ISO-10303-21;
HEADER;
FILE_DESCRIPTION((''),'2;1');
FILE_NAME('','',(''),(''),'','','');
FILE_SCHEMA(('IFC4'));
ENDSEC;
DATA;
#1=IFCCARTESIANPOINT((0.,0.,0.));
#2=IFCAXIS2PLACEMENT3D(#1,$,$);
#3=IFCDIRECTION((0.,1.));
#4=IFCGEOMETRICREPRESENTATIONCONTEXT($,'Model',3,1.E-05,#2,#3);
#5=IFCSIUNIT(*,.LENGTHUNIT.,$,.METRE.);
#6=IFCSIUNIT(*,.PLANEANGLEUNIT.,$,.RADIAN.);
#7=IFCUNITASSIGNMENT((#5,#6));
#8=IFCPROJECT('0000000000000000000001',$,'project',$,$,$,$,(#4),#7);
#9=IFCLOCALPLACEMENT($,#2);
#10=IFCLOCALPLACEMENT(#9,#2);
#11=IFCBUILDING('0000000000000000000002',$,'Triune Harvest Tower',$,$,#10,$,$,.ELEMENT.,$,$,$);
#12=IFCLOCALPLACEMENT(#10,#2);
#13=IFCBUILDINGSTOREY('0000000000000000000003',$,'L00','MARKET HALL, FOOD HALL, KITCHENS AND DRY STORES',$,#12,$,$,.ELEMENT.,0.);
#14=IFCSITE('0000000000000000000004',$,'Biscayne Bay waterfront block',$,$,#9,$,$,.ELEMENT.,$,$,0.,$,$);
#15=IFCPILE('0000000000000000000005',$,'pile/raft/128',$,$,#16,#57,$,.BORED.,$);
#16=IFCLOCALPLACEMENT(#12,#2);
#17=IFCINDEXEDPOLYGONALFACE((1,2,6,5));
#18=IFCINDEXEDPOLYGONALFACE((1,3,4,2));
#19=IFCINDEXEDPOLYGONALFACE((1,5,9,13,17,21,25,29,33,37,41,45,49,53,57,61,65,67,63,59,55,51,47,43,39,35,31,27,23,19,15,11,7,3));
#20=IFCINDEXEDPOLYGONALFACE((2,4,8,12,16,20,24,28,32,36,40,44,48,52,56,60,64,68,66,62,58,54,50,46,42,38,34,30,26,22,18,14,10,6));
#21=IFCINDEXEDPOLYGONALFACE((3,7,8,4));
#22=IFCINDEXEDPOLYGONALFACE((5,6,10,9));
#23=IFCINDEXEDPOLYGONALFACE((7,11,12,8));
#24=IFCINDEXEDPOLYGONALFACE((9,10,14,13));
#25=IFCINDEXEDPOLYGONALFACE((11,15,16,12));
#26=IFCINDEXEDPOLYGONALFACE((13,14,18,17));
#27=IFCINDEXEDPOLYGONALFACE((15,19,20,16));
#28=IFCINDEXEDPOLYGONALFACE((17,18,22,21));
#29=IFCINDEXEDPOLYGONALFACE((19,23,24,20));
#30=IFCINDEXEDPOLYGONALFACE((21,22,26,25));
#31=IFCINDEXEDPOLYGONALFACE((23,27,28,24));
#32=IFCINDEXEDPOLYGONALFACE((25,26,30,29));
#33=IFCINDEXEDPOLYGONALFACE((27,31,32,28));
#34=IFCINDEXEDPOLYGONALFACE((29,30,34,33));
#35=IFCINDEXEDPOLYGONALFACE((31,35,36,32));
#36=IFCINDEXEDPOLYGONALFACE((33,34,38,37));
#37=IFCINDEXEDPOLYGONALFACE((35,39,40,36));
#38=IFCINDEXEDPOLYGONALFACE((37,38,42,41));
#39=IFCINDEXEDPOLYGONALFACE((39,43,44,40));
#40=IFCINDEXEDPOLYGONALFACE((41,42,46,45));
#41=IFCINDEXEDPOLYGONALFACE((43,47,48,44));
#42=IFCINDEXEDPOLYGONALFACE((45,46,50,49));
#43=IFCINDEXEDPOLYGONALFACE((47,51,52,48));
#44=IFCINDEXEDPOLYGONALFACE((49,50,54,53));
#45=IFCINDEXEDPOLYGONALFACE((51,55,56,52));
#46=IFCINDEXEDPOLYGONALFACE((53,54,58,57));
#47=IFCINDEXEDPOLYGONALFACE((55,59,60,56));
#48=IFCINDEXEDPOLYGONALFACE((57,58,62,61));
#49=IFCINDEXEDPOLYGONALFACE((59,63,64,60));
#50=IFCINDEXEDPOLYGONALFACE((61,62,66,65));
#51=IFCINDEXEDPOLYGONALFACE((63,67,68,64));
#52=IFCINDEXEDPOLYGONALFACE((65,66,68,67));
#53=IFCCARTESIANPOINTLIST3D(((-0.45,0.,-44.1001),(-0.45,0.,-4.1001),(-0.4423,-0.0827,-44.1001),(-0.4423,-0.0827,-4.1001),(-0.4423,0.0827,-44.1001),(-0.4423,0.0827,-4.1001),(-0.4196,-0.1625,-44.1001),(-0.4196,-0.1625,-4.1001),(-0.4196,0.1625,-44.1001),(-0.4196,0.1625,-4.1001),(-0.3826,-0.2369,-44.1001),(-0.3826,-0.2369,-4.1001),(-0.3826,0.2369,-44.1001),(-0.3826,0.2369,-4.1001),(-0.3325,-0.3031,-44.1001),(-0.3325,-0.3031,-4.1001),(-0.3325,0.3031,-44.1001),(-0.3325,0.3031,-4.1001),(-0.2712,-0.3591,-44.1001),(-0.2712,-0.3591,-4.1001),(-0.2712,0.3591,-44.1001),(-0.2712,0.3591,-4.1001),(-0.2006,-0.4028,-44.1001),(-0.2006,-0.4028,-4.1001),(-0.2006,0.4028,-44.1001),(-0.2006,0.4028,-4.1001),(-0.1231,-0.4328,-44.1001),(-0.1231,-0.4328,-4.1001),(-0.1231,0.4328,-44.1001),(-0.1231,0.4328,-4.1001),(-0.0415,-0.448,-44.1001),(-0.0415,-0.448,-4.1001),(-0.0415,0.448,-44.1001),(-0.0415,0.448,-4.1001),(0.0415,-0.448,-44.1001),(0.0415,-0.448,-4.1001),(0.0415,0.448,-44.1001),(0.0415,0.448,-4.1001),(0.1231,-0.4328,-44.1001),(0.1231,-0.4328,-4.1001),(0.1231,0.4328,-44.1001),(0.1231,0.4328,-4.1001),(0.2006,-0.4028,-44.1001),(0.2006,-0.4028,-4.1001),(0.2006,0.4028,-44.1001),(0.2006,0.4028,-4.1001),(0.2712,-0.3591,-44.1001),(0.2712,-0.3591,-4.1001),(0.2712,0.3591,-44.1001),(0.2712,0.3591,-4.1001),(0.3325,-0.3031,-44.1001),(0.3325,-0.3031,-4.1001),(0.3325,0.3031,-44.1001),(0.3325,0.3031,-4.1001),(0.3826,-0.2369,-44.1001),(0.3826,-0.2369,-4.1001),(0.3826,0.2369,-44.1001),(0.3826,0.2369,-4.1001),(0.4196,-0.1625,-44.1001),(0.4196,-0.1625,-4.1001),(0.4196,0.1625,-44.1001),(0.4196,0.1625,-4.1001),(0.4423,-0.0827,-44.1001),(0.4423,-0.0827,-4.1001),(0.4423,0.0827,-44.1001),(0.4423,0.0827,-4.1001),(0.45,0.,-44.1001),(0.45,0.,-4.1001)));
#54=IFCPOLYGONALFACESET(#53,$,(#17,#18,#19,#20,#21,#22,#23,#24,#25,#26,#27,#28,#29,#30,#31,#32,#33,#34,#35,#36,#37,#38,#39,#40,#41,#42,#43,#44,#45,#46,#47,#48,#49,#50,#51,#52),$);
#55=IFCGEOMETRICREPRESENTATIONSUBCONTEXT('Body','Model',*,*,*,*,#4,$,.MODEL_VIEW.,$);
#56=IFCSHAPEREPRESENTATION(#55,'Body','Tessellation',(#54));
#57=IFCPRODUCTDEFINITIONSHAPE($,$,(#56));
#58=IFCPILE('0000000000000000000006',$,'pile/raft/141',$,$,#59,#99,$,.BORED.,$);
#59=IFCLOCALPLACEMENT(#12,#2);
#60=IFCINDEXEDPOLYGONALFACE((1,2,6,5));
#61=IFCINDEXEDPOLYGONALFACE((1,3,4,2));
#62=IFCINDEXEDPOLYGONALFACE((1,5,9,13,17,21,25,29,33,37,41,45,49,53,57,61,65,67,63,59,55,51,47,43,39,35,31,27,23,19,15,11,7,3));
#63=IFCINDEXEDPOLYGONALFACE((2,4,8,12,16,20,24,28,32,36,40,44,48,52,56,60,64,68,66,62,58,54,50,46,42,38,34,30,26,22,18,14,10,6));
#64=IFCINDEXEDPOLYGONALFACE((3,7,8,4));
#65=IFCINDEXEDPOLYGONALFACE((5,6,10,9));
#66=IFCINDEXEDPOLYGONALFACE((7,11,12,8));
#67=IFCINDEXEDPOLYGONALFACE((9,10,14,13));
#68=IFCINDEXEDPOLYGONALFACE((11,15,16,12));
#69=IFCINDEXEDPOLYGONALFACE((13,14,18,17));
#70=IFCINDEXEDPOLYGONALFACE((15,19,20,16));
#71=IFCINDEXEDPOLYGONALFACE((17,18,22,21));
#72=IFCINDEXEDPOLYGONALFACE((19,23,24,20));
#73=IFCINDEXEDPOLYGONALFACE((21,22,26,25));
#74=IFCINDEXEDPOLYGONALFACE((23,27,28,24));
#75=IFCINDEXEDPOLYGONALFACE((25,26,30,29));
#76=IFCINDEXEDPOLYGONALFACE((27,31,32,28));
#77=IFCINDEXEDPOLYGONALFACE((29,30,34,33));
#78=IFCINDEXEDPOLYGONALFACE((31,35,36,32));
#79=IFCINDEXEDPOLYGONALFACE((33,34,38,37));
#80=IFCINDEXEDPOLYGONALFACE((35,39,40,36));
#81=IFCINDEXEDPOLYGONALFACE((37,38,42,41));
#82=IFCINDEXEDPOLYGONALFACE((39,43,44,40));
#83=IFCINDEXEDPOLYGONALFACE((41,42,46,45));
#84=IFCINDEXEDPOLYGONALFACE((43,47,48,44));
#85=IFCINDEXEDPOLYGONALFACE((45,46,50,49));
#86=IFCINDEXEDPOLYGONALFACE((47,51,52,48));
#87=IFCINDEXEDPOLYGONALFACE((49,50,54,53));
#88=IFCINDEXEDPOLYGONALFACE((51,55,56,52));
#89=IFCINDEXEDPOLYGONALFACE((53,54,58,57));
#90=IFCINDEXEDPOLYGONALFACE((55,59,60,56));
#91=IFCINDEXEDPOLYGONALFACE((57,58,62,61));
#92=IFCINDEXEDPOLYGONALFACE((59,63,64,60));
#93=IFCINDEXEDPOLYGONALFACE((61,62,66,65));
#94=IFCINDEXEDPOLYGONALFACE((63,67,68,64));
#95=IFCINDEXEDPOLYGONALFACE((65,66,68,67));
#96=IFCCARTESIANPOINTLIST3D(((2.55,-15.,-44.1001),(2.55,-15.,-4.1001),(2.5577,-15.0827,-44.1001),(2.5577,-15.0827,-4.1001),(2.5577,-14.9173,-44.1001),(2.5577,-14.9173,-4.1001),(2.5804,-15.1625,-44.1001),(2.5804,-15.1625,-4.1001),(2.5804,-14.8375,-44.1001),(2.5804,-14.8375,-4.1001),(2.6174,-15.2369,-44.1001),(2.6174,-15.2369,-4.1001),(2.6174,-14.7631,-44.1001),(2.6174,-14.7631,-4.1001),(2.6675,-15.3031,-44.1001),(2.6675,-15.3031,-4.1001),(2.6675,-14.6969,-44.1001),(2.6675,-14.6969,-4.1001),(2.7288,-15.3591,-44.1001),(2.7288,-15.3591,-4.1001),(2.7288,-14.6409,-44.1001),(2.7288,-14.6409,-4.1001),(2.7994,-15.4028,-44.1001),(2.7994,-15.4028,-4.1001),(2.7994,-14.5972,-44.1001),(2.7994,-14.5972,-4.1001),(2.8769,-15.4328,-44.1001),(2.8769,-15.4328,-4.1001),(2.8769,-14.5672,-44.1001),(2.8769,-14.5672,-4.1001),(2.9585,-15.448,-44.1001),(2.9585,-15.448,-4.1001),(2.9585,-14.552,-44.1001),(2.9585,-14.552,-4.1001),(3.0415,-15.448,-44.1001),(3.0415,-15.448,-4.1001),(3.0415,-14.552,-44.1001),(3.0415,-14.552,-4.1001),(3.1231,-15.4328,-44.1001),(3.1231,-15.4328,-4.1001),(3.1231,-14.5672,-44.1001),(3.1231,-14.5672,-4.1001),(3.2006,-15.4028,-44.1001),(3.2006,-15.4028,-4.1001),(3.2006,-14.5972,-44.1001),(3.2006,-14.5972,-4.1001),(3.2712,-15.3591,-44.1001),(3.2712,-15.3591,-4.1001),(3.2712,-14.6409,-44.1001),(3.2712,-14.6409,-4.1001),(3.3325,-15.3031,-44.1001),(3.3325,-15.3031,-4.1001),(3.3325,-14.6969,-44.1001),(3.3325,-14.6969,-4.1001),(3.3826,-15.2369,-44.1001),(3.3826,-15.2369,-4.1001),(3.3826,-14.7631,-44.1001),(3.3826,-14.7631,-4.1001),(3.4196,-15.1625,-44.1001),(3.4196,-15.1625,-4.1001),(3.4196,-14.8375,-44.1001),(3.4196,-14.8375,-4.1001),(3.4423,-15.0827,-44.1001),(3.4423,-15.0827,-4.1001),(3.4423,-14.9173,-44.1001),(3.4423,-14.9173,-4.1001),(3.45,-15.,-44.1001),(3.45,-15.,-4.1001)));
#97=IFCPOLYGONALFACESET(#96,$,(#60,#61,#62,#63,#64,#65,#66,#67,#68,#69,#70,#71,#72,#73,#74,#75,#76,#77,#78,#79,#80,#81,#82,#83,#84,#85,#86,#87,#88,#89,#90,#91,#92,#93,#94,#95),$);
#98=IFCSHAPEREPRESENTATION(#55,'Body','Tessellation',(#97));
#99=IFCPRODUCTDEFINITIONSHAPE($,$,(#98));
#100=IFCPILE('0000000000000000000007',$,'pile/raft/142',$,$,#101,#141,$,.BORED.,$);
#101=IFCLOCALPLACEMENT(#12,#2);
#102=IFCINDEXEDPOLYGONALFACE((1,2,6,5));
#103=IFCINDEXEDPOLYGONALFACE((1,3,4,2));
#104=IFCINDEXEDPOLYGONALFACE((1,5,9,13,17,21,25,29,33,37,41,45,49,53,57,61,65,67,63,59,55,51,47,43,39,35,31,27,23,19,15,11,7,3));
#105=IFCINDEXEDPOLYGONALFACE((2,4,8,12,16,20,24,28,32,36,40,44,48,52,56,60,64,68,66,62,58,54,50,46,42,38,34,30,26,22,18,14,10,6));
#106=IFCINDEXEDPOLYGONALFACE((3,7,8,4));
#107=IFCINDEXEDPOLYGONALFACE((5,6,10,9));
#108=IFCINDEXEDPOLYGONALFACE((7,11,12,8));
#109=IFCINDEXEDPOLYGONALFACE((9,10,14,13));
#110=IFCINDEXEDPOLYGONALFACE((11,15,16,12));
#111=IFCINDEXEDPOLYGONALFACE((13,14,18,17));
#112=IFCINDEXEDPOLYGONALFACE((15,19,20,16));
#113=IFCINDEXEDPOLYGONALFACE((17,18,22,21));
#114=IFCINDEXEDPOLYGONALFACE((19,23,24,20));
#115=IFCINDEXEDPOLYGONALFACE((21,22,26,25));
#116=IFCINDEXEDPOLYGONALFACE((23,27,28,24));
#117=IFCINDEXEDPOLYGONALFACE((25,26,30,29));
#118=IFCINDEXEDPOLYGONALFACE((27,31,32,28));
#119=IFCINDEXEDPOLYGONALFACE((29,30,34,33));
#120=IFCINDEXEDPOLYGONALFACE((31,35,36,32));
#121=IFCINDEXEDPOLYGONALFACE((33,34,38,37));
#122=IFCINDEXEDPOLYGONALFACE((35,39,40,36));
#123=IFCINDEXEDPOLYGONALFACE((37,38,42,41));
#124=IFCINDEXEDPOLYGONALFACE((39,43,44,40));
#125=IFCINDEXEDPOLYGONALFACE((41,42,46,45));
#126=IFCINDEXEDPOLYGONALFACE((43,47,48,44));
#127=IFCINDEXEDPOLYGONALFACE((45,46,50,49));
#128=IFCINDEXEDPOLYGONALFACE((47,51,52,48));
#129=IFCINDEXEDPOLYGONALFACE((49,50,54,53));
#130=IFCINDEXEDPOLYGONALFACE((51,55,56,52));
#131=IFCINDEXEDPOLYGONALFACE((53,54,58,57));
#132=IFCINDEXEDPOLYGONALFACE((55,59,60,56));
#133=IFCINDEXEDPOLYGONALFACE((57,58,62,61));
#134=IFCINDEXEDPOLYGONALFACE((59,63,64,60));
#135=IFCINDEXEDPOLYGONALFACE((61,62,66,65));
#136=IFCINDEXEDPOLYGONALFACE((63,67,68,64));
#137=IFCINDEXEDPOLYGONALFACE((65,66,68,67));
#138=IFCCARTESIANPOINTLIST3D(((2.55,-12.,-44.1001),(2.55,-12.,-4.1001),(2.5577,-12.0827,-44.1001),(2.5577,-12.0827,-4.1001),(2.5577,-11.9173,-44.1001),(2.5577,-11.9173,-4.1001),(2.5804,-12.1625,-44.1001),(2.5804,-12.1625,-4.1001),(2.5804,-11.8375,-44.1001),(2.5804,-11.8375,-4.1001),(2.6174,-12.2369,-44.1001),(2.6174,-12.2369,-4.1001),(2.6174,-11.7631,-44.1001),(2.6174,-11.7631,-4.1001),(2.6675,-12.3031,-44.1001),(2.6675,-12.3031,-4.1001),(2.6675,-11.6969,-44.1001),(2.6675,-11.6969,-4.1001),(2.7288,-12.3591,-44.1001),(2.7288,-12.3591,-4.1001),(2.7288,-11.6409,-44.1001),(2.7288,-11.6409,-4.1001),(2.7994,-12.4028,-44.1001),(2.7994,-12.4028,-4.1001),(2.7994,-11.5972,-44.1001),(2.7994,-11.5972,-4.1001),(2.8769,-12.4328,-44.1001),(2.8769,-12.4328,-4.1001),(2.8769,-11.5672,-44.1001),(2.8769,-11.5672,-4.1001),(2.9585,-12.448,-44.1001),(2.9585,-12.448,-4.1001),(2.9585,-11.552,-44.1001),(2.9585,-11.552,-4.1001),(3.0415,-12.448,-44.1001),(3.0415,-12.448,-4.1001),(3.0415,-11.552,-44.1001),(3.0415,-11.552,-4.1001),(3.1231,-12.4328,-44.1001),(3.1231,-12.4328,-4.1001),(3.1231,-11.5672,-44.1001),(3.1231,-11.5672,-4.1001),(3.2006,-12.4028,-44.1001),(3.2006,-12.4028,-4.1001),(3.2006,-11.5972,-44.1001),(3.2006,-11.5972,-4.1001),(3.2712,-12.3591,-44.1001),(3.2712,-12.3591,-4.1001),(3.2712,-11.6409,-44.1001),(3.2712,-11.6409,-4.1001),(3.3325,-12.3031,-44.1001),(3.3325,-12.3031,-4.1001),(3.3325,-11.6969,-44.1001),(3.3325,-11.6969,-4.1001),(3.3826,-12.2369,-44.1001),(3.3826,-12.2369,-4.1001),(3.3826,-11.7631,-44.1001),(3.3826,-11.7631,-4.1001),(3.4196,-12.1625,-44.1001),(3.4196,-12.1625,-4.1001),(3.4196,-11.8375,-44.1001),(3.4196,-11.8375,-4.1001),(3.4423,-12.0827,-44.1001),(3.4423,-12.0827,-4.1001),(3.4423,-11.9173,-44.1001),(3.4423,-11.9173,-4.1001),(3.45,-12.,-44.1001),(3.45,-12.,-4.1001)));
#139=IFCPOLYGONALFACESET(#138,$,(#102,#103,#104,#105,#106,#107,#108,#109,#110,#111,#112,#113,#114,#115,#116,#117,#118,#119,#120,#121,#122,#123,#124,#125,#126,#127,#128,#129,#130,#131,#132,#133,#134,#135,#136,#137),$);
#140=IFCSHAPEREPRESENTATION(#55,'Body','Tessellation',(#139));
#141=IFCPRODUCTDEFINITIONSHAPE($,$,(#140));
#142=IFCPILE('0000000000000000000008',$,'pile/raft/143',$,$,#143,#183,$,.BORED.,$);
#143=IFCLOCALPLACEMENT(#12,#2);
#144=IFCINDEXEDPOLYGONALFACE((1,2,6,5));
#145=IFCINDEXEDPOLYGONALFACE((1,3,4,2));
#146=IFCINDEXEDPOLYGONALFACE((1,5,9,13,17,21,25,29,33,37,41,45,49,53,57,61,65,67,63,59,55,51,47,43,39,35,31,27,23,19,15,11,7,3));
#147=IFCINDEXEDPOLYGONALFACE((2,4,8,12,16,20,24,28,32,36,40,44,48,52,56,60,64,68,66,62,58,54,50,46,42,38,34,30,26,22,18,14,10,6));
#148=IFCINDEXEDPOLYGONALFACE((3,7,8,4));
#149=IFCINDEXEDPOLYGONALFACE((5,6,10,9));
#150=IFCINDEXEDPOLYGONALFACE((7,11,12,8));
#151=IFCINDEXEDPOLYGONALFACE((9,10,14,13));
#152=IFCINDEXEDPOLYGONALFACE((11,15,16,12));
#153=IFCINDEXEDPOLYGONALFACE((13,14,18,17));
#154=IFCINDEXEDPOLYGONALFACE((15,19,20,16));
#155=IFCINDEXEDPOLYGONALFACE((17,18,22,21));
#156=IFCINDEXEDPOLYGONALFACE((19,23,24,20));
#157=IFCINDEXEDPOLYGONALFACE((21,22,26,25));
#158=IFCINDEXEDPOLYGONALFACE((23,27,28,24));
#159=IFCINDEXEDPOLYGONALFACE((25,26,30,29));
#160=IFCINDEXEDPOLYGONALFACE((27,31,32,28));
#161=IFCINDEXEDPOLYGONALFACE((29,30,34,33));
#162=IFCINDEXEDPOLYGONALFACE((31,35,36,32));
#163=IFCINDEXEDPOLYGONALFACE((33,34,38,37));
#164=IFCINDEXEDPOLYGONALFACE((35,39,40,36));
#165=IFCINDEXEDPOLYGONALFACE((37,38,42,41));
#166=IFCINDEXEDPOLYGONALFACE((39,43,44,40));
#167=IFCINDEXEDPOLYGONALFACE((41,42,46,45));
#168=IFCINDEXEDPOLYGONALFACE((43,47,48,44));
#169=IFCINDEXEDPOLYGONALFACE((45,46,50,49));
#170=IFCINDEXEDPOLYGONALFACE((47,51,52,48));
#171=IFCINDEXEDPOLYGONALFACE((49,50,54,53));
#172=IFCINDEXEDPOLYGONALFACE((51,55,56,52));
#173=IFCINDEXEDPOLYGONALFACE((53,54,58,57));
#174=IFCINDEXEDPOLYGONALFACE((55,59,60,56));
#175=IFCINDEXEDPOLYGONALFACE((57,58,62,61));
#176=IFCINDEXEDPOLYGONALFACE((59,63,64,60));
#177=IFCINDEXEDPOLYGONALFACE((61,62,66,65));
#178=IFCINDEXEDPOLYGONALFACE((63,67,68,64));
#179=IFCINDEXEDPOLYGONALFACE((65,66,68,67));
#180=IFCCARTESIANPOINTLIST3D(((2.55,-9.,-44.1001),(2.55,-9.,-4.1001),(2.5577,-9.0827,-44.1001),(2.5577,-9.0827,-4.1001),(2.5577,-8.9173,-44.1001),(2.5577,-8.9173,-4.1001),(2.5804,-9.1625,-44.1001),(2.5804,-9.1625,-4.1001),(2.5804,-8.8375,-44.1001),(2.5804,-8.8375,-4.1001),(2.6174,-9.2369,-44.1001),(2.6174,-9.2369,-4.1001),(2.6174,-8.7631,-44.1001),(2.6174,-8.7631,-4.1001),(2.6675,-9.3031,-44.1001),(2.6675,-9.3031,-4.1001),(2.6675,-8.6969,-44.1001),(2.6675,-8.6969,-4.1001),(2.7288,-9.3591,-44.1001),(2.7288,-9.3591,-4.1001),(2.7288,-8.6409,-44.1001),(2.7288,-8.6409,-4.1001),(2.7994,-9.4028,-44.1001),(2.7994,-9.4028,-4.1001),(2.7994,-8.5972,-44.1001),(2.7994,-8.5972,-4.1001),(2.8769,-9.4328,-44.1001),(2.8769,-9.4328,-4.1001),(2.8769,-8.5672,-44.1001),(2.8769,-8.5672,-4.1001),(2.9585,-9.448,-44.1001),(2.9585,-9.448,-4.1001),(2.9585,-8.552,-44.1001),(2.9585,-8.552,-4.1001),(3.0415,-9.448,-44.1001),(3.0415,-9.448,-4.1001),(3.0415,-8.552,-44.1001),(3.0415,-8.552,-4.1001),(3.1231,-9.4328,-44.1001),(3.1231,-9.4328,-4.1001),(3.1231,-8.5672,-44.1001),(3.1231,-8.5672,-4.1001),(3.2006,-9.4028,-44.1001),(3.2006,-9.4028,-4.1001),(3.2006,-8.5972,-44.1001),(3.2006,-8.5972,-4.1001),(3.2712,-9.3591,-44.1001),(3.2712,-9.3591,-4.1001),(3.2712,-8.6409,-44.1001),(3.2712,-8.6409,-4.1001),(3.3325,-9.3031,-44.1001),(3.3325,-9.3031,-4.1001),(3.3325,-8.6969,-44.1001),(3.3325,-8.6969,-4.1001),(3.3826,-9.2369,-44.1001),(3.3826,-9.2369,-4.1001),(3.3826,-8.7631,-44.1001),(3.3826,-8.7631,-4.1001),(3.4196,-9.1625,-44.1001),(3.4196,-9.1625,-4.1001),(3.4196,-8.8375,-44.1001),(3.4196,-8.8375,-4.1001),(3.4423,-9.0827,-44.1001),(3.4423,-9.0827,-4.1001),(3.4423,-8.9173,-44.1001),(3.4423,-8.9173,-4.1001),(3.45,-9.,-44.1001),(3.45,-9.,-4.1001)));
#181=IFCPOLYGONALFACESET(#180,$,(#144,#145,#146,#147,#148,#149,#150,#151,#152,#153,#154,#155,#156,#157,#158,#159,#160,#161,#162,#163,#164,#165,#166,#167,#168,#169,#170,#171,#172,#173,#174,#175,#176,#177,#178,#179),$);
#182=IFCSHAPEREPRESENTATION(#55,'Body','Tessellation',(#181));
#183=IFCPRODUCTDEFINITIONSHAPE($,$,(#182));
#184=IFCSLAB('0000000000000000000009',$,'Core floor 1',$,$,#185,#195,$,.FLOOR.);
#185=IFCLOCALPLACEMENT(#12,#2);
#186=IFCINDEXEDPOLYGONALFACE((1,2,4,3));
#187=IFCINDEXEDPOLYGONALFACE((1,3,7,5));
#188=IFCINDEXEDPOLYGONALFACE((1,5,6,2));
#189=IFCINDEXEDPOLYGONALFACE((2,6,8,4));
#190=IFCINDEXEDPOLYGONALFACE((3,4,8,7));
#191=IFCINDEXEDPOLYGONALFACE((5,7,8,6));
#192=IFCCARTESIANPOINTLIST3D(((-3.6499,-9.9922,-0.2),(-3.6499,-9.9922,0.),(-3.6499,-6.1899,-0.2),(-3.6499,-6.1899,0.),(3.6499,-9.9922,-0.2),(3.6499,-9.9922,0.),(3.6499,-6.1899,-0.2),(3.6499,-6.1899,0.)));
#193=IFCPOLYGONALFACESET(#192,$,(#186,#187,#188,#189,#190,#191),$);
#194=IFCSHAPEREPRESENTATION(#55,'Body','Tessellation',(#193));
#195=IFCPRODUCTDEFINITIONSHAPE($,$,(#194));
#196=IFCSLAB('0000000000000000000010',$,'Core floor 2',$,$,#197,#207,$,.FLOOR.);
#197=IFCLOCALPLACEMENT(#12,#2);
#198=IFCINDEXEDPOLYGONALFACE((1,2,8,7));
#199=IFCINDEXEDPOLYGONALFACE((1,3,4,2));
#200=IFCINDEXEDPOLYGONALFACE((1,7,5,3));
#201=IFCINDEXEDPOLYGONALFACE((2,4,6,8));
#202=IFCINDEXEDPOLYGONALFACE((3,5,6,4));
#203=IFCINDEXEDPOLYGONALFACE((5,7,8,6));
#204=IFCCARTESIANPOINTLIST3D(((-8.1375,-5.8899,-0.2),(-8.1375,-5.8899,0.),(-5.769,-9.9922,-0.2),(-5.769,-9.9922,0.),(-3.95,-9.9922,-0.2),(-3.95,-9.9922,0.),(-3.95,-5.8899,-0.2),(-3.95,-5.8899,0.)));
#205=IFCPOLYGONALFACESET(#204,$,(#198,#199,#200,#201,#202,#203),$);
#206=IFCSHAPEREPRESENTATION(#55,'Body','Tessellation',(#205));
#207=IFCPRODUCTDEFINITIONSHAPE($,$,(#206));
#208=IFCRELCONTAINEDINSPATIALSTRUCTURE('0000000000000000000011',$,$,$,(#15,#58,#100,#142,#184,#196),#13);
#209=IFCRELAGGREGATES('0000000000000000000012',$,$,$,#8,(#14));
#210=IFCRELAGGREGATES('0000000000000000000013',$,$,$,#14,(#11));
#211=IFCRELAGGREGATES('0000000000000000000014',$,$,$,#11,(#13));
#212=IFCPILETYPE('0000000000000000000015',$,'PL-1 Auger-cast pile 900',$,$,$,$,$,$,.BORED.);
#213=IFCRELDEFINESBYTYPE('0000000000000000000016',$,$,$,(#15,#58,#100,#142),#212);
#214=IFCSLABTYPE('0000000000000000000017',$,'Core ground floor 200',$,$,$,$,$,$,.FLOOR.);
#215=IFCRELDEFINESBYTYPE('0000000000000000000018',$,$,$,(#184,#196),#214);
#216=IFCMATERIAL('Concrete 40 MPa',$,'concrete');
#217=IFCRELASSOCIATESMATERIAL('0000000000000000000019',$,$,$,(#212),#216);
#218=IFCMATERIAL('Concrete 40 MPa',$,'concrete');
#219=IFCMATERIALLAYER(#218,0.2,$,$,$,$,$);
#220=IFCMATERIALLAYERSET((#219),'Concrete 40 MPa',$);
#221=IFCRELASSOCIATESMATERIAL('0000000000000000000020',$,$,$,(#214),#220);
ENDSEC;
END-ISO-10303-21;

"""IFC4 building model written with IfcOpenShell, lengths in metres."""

from ifc_helpers import new_model, si_unit, direction, frame, origin, origin_2d, place, context, subcontext, project, spatial, polyline, circle, outline, extrude, source, transform, mapped, material, layer, layer_set, material_profile, profile_set, type_object, element, save


model = new_model("IFC4")

# Units and contexts
model_context = context("Model", 3, precision=1e-05, world=origin(), true_north=direction((0.0, 1.0)))
body_context = subcontext(model_context, "Body", "Model", "MODEL_VIEW")
ifc_project = project(units=[si_unit("LENGTHUNIT", "METRE"), si_unit("PLANEANGLEUNIT", "RADIAN")], contexts=[model_context])

# Site, building, storey
site_placement = place(None, origin())
site = spatial("IfcSite", under=ifc_project, at=site_placement, Name="Biscayne Bay waterfront block", CompositionType="ELEMENT", RefElevation=0.0)
building_placement = place(site_placement, origin())
building = spatial("IfcBuilding", under=site, at=building_placement, Name="Triune Harvest Tower", CompositionType="ELEMENT")
storey_placement = place(building_placement, origin())
storey = spatial("IfcBuildingStorey", under=building, at=storey_placement, Name="L00", Description="MARKET HALL, FOOD HALL, KITCHENS AND DRY STORES", CompositionType="ELEMENT", Elevation=0.0)

# Piles
ifc_material_1 = material(Name="Concrete 40 MPa", Category="concrete")
ifc_material_profile = material_profile(ifc_material_1, circle(Radius=0.45, at=origin_2d()), Name="Bored 900")
ifc_profile_set = profile_set([ifc_material_profile], Name="Concrete 40 MPa")
pile_type = type_object("IfcPileType", Name="PL-1 Auger-cast pile 900", PredefinedType="BORED", material=ifc_profile_set)
shared_shape_1 = source(origin(), body_context, "Body", "SweptSolid", [
    extrude(circle(Radius=0.45, at=origin_2d()), origin(), (0.0, 0.0, 1.0), 40.0),
])
for number, where, z_axis, x_axis, name in (
    (1, (0.0, 0.0, -4.1001), (0.0, 0.0, -1.0), (1.0, 0.0, 0.0), "pile/raft/128"),
    (2, (3.0, -15.0, -4.1001), (0.0, 0.0, -1.0), (1.0, 0.0, 0.0), "pile/raft/141"),
    (3, (3.0, -12.0, -4.1001), (0.0, 0.0, -1.0), (1.0, 0.0, 0.0), "pile/raft/142"),
    (4, (3.0, -9.0, -4.1001), (0.0, 0.0, -1.0), (1.0, 0.0, 0.0), "pile/raft/143"),
):
    element("IfcPile", number, at=place(storey_placement, frame(where, z_axis=z_axis, x_axis=x_axis)), inside=storey, type_object=pile_type, Name=name, PredefinedType="BORED", context=body_context, shape_type="MappedRepresentation", body=[
        mapped(shared_shape_1, transform((0.0, 0.0, 0.0), scale=1.0)),
    ])

# Slabs
ifc_material_2 = material(Name="Concrete 40 MPa", Category="concrete")
ifc_layer_1 = layer(ifc_material_2, 0.2)
ifc_layer_set_1 = layer_set([ifc_layer_1], Name="Concrete 40 MPa")
slab_type_1 = type_object("IfcSlabType", Name="Core ground floor 200", PredefinedType="FLOOR", material=ifc_layer_set_1)
slab_1_placement = place(storey_placement, frame((0.0, 0.0, -0.2)))
element("IfcSlab", 5, at=slab_1_placement, inside=storey, type_object=slab_type_1, Name="Core floor 1", PredefinedType="FLOOR", context=body_context, shape_type="SweptSolid", body=[
    extrude(outline(polyline([(-3.6499, -9.9922), (-3.6499, -6.1899), (3.6499, -6.1899), (3.6499, -9.9922), (-3.6499, -9.9922)])), origin(), (0.0, 0.0, 1.0), 0.2),
])
slab_2_placement = place(storey_placement, frame((0.0, 0.0, -0.2)))
element("IfcSlab", 6, at=slab_2_placement, inside=storey, type_object=slab_type_1, Name="Core floor 2", PredefinedType="FLOOR", context=body_context, shape_type="SweptSolid", body=[
    extrude(outline(polyline([(-8.1375, -5.8899), (-3.95, -5.8899), (-3.95, -9.9922), (-5.769, -9.9922), (-8.1375, -5.8899)])), origin(), (0.0, 0.0, 1.0), 0.2),
])

save(model, "model.ifc")
